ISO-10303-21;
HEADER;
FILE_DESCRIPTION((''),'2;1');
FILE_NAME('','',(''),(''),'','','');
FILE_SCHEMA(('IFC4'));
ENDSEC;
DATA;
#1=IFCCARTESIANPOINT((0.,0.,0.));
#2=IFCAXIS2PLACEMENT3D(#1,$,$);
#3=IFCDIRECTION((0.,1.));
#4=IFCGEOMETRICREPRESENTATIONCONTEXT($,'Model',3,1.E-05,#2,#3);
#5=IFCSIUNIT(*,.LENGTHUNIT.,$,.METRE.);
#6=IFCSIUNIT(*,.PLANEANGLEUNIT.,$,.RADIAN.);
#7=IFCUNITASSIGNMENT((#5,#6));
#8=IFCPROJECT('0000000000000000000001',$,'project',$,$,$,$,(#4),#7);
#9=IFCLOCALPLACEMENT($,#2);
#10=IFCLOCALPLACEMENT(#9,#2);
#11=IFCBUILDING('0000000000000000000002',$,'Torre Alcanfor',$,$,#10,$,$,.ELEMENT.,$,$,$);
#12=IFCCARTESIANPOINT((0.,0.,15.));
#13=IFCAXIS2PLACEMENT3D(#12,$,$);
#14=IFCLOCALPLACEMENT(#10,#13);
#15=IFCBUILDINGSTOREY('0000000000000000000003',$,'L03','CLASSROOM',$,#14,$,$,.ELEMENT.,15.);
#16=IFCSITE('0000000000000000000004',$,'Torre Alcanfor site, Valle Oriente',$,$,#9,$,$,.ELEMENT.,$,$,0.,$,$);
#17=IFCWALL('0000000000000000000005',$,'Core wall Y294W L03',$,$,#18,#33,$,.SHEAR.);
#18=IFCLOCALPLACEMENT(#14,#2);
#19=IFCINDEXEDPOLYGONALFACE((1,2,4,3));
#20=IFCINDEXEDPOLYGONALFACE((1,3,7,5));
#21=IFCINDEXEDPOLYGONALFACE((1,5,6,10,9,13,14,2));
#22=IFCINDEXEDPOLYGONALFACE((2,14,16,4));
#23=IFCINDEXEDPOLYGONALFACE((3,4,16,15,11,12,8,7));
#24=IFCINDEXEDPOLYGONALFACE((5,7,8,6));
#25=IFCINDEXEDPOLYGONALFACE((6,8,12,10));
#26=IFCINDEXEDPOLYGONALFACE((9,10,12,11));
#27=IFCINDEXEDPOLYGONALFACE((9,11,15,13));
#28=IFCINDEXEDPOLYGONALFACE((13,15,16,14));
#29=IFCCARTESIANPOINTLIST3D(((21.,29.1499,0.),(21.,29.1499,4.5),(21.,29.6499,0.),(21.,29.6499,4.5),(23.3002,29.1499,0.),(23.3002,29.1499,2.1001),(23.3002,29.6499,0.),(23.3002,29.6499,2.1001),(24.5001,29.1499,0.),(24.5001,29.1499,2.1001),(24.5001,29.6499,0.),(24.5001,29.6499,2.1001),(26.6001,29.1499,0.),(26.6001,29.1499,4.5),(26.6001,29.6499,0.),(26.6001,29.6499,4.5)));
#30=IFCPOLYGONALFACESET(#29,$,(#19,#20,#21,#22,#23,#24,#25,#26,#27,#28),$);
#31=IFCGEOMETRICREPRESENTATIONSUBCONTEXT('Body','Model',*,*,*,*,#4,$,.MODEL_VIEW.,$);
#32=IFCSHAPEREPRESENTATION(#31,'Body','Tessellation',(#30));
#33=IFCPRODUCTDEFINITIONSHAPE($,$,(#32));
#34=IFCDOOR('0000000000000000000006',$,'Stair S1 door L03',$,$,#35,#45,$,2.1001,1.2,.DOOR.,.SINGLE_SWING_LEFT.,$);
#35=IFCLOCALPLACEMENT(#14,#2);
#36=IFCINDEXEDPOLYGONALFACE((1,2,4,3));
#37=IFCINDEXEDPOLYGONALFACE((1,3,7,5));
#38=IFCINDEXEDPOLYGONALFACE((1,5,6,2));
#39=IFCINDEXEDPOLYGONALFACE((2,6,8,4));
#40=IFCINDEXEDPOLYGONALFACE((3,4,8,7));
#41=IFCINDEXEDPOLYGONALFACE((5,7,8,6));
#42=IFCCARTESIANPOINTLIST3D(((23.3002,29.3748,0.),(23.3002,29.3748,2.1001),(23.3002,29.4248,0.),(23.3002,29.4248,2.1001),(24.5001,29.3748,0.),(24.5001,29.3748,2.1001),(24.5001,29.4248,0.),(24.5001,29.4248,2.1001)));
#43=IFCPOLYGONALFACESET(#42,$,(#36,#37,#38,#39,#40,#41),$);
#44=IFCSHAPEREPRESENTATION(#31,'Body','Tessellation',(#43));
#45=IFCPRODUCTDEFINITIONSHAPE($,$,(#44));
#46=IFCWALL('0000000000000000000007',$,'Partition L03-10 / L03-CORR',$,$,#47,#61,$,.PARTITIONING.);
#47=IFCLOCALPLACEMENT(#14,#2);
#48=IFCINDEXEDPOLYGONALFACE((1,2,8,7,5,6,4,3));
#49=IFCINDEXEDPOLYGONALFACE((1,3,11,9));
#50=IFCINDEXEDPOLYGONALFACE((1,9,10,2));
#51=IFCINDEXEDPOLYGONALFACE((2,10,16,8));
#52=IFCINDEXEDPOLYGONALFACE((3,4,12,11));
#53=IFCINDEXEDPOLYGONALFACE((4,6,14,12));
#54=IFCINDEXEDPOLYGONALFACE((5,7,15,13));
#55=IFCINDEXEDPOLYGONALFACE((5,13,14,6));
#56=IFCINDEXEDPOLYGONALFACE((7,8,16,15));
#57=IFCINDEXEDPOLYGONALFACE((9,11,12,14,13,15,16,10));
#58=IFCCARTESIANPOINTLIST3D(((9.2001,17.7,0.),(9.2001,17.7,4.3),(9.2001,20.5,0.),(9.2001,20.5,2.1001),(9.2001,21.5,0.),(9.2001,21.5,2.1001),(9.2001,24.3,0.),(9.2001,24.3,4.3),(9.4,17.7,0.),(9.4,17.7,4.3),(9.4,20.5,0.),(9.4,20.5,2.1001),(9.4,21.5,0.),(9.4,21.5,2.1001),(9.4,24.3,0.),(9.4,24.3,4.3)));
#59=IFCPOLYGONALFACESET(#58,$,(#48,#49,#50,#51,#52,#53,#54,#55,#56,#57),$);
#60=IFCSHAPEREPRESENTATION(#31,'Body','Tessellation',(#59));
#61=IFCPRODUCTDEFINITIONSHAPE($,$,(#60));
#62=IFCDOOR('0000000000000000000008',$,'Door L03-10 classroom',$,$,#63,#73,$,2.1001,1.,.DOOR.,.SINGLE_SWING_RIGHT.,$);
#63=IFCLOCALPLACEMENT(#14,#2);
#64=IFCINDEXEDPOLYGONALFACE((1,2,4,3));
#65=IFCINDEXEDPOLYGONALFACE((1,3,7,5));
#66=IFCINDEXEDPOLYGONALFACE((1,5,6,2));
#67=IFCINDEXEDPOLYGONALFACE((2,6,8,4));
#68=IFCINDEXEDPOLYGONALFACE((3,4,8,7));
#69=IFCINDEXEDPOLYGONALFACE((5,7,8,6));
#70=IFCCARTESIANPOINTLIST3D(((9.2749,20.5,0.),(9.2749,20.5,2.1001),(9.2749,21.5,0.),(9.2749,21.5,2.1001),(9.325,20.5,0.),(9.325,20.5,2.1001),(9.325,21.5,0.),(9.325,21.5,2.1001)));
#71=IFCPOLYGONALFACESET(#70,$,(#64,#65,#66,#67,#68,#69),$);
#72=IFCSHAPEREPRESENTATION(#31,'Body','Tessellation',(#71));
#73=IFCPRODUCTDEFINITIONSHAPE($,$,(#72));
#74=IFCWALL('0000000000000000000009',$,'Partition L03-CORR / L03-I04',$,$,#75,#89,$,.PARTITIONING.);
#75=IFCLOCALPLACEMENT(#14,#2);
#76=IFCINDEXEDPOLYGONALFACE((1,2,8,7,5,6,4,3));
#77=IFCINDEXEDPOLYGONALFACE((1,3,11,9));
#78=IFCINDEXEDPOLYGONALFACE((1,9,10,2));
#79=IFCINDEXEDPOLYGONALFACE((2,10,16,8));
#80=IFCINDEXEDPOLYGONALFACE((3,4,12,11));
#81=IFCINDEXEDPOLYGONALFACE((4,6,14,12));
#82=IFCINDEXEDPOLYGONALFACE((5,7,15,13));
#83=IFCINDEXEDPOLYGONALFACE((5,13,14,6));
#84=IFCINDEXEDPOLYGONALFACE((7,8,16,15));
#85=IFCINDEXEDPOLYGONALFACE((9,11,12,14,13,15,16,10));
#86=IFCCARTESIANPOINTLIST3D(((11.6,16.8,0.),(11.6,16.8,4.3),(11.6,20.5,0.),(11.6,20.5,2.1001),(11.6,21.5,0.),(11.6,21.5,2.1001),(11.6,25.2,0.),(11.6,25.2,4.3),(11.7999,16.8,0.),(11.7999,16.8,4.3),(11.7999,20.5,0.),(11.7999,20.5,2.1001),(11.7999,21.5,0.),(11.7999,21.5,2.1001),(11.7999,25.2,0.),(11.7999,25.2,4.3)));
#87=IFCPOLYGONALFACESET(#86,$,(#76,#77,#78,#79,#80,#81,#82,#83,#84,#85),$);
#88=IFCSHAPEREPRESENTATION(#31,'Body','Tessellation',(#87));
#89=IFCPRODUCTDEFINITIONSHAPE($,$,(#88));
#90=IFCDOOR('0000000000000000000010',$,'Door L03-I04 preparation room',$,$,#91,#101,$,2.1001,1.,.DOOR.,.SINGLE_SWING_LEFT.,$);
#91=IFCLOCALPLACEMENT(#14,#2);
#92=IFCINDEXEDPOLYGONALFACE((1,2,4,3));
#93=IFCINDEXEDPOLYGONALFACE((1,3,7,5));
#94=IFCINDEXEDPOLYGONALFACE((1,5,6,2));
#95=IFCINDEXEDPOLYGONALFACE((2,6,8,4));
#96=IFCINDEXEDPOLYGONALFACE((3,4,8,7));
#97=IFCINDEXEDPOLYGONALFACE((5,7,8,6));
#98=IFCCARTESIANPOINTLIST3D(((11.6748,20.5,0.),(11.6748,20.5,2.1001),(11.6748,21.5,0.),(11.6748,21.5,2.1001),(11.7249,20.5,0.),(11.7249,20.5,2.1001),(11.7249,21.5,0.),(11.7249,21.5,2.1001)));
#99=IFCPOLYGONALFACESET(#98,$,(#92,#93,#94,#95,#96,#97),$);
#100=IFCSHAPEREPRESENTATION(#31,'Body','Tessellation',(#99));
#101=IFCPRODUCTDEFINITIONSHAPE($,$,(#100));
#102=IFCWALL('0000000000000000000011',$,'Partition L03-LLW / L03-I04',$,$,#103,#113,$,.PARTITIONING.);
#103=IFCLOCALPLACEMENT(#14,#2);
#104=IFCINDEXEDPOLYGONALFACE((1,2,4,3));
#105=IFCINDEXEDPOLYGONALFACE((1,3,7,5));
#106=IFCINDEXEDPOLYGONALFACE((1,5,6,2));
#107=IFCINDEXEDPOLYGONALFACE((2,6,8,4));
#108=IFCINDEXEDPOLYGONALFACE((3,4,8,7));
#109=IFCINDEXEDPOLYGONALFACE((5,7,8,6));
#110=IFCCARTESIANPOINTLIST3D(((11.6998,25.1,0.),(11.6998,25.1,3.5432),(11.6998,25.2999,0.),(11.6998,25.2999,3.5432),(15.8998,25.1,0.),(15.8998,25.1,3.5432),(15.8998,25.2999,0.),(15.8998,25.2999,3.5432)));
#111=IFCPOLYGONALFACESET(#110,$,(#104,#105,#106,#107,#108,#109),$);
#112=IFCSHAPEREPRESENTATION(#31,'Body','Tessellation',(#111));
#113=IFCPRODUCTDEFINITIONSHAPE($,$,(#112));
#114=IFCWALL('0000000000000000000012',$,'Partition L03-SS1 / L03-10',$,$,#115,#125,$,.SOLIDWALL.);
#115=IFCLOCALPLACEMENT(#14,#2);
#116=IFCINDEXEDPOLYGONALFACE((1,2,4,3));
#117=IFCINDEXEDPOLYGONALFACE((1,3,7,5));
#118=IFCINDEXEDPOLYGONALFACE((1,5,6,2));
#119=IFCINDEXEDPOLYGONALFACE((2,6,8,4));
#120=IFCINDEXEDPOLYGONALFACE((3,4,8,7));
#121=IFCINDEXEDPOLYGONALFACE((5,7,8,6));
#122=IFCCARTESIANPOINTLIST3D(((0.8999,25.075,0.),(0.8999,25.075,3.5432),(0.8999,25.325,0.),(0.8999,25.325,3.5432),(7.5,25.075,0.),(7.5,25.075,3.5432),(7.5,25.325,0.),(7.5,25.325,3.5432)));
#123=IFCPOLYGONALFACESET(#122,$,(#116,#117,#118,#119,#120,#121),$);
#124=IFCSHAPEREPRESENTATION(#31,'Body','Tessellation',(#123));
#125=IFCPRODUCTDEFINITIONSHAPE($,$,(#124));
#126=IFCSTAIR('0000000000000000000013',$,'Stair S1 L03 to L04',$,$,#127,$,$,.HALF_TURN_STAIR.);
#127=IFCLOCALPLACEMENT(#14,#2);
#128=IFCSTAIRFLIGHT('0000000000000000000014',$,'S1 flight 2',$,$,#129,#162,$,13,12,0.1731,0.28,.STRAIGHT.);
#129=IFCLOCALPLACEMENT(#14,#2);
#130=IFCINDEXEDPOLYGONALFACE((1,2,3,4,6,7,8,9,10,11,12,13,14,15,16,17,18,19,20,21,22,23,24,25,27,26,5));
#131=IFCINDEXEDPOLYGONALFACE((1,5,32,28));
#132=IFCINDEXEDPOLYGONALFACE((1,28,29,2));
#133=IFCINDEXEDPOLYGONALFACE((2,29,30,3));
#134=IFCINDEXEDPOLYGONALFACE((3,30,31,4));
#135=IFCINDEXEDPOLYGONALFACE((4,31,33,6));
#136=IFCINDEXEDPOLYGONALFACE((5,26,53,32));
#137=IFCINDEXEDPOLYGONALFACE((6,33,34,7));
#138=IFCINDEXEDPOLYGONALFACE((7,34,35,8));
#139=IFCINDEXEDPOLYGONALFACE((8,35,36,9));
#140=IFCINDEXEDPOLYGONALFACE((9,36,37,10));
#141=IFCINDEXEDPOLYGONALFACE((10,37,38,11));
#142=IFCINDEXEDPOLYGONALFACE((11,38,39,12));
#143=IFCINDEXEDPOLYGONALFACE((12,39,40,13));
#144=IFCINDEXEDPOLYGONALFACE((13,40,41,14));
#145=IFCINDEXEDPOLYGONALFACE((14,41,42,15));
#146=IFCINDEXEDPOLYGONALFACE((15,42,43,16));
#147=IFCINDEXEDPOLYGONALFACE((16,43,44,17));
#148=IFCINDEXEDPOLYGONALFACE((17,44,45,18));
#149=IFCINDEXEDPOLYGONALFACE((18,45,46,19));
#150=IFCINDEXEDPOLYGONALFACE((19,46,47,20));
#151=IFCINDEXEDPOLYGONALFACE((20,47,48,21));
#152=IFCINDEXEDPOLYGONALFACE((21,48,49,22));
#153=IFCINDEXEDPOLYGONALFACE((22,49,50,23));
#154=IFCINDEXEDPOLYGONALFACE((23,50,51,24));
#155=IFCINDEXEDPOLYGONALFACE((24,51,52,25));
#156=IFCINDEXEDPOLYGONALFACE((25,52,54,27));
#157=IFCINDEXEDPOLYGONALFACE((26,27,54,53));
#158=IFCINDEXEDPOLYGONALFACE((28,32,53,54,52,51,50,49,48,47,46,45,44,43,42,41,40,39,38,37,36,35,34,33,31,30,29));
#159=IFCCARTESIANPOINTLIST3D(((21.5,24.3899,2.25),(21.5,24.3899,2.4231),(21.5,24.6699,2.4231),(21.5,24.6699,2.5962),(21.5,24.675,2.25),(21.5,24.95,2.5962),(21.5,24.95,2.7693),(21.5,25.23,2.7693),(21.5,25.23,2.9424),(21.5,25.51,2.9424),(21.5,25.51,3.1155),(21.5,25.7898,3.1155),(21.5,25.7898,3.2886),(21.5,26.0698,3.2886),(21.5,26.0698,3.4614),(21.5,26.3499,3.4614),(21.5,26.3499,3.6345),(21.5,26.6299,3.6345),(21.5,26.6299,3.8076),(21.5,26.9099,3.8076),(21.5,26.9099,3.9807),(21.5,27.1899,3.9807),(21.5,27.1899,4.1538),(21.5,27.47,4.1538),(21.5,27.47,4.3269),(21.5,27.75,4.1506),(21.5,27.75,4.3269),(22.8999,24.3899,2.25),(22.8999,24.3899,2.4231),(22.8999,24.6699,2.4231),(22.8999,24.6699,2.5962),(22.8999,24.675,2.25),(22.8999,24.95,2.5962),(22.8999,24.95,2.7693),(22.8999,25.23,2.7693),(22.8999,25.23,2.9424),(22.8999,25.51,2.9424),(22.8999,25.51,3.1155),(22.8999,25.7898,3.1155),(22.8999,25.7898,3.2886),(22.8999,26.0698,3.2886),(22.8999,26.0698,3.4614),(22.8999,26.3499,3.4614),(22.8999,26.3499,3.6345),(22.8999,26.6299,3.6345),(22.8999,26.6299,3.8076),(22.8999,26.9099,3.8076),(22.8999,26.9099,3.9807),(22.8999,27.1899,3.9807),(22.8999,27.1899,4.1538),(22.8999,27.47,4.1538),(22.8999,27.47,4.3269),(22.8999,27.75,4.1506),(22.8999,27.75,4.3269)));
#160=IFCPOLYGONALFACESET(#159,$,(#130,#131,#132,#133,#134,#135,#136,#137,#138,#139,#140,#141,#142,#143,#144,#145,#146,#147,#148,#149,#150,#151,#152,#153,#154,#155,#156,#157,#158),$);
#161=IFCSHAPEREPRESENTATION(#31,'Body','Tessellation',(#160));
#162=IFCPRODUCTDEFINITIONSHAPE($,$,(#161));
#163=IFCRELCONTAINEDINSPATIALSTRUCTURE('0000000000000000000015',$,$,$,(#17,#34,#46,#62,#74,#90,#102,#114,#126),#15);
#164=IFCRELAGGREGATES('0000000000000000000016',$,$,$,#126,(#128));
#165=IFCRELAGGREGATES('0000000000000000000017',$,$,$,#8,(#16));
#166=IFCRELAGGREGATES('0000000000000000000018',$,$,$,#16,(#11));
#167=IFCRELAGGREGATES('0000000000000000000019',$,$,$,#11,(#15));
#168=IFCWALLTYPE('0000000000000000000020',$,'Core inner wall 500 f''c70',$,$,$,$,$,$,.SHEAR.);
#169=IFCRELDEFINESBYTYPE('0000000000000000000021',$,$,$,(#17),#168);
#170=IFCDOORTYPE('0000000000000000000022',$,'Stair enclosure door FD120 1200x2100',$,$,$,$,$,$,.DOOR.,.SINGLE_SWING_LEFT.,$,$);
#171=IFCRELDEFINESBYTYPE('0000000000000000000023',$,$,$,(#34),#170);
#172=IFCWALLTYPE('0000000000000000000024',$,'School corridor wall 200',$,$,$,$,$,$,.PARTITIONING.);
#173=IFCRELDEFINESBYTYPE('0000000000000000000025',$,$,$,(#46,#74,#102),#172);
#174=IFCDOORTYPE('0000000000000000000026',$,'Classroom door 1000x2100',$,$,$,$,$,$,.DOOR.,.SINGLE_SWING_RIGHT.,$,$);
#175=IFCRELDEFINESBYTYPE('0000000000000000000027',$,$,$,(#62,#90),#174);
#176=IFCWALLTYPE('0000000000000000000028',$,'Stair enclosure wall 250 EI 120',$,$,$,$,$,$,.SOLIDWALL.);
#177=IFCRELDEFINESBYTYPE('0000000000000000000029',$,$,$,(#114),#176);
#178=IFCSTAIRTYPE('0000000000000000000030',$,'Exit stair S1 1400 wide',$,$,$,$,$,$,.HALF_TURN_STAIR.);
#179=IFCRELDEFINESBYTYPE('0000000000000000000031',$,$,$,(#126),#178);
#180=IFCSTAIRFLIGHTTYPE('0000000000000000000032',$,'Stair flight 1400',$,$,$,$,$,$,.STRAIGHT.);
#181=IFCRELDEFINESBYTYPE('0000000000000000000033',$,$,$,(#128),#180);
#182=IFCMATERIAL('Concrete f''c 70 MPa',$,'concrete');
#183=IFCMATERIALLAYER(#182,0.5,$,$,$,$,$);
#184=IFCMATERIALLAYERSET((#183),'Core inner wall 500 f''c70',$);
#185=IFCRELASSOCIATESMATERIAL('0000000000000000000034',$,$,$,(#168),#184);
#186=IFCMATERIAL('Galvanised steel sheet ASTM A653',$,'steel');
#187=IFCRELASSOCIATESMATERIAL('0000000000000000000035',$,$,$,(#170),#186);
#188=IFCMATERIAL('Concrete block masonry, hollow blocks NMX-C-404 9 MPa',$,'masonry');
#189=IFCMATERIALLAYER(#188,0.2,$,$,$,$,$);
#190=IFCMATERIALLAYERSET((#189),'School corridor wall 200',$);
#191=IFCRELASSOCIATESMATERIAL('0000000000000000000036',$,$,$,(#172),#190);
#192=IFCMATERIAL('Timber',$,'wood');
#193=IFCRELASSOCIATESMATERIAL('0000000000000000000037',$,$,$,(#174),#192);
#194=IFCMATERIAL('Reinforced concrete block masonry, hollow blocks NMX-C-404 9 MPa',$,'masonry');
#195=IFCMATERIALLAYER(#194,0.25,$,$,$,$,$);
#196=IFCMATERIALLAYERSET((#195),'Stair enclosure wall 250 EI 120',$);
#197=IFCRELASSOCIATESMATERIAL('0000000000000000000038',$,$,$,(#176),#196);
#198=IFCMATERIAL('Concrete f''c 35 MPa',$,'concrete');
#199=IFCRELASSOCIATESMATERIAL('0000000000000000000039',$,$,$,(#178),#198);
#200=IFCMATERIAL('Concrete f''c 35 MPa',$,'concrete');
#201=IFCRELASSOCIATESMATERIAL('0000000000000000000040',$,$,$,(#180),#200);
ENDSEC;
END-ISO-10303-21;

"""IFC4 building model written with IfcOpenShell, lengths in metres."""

from ifc_helpers import new_model, si_unit, direction, frame, frame_2d, origin, place, context, subcontext, project, spatial, polyline, rectangle, outline, extrude, material, layer, layer_set, type_object, element, fill, aggregate, save


model = new_model("IFC4")

# Units and contexts
model_context = context("Model", 3, precision=1e-05, world=origin(), true_north=direction((0.0, 1.0)))
body_context = subcontext(model_context, "Body", "Model", "MODEL_VIEW")
ifc_project = project(units=[si_unit("LENGTHUNIT", "METRE"), si_unit("PLANEANGLEUNIT", "RADIAN")], contexts=[model_context])

# Site, building, storey
site_placement = place(None, origin())
site = spatial("IfcSite", under=ifc_project, at=site_placement, Name="Torre Alcanfor site, Valle Oriente", CompositionType="ELEMENT", RefElevation=0.0)
building_placement = place(site_placement, origin())
building = spatial("IfcBuilding", under=site, at=building_placement, Name="Torre Alcanfor", CompositionType="ELEMENT")
storey_placement = place(building_placement, frame((0.0, 0.0, 15.0)))
storey = spatial("IfcBuildingStorey", under=building, at=storey_placement, Name="L03", Description="CLASSROOM", CompositionType="ELEMENT", Elevation=15.0)

# Walls, openings, doors
ifc_material_1 = material(Name="Concrete f'c 70 MPa", Category="concrete")
ifc_layer_1 = layer(ifc_material_1, 0.5)
ifc_layer_set_1 = layer_set([ifc_layer_1], Name="Core inner wall 500 f'c70")
wall_type_1 = type_object("IfcWallType", Name="Core inner wall 500 f'c70", PredefinedType="SHEAR", material=ifc_layer_set_1)
wall_1_placement = place(storey_placement, frame((21.0, 29.3999, 0.0), z_axis=(0.0, 0.0, 1.0), x_axis=(1.0, 0.0, 0.0)))
wall_1 = element("IfcWall", 1, at=wall_1_placement, inside=storey, type_object=wall_type_1, Name="Core wall Y294W L03", PredefinedType="SHEAR", context=body_context, shape_type="SweptSolid", body=[
    extrude(rectangle(XDim=5.6001, YDim=0.5, at=frame_2d((2.8, 0.0))), origin(), (0.0, 0.0, 1.0), 4.5),
])
opening_1_placement = place(wall_1_placement, frame((2.3, 0.0, 0.0)))
opening_1 = element("IfcOpeningElement", 2, at=opening_1_placement, cuts=wall_1, PredefinedType="OPENING", context=body_context, shape_type="SweptSolid", body=[
    extrude(rectangle(XDim=1.2, YDim=2.1001, at=frame_2d((0.6001, 1.05))), frame((0.0, 0.26, 0.0), z_axis=(0.0, -1.0, 0.0), x_axis=(1.0, 0.0, 0.0)), (0.0, 0.0, 1.0), 0.52),
])
ifc_material_2 = material(Name="Galvanised steel sheet ASTM A653", Category="steel")
door_type_1 = type_object("IfcDoorType", Name="Stair enclosure door FD120 1200x2100", OperationType="SINGLE_SWING_LEFT", PredefinedType="DOOR", material=ifc_material_2)
door_1_placement = place(opening_1_placement, frame((1.2, 0.0, 0.0), z_axis=(0.0, 0.0, 1.0), x_axis=(-1.0, 0.0, 0.0)))
door_1 = element("IfcDoor", 3, at=door_1_placement, inside=storey, type_object=door_type_1, Name="Stair S1 door L03", OperationType="SINGLE_SWING_LEFT", OverallHeight=2.1001, OverallWidth=1.2, PredefinedType="DOOR", context=body_context, shape_type="SweptSolid", body=[
    extrude(rectangle(XDim=1.2, YDim=2.1001, at=frame_2d((0.5999, 1.05))), frame((0.0, 0.0251, 0.0), z_axis=(0.0, -1.0, 0.0), x_axis=(1.0, 0.0, 0.0)), (0.0, 0.0, 1.0), 0.05),
])
fill(opening_1, door_1)
ifc_material_3 = material(Name="Concrete block masonry, hollow blocks NMX-C-404 9 MPa", Category="masonry")
ifc_layer_2 = layer(ifc_material_3, 0.2)
ifc_layer_set_2 = layer_set([ifc_layer_2], Name="School corridor wall 200")
wall_type_2 = type_object("IfcWallType", Name="School corridor wall 200", PredefinedType="PARTITIONING", material=ifc_layer_set_2)
wall_2_placement = place(storey_placement, frame((9.3, 24.3, 0.0), z_axis=(0.0, 0.0, 1.0), x_axis=(0.0, -1.0, 0.0)))
wall_2 = element("IfcWall", 4, at=wall_2_placement, inside=storey, type_object=wall_type_2, Name="Partition L03-10 / L03-CORR", PredefinedType="PARTITIONING", context=body_context, shape_type="SweptSolid", body=[
    extrude(rectangle(XDim=6.6001, YDim=0.2, at=frame_2d((3.3, 0.0))), origin(), (0.0, 0.0, 1.0), 4.3),
])
opening_2_placement = place(wall_2_placement, frame((2.8, 0.0, 0.0)))
opening_2 = element("IfcOpeningElement", 5, at=opening_2_placement, cuts=wall_2, PredefinedType="OPENING", context=body_context, shape_type="SweptSolid", body=[
    extrude(rectangle(XDim=1.0, YDim=2.1001, at=frame_2d((0.5, 1.05))), frame((0.0, 0.1099, 0.0), z_axis=(0.0, -1.0, 0.0), x_axis=(1.0, 0.0, 0.0)), (0.0, 0.0, 1.0), 0.22),
])
ifc_material_4 = material(Name="Timber", Category="wood")
door_type_2 = type_object("IfcDoorType", Name="Classroom door 1000x2100", OperationType="SINGLE_SWING_RIGHT", PredefinedType="DOOR", material=ifc_material_4)
door_2_placement = place(opening_2_placement, frame((1.0, 0.0, 0.0), z_axis=(0.0, 0.0, 1.0), x_axis=(-1.0, 0.0, 0.0)))
door_2 = element("IfcDoor", 6, at=door_2_placement, inside=storey, type_object=door_type_2, Name="Door L03-10 classroom", OperationType="SINGLE_SWING_RIGHT", OverallHeight=2.1001, OverallWidth=1.0, PredefinedType="DOOR", context=body_context, shape_type="SweptSolid", body=[
    extrude(rectangle(XDim=1.0, YDim=2.1001, at=frame_2d((0.5, 1.05))), frame((0.0, 0.0251, 0.0), z_axis=(0.0, -1.0, 0.0), x_axis=(1.0, 0.0, 0.0)), (0.0, 0.0, 1.0), 0.05),
])
fill(opening_2, door_2)
wall_3_placement = place(storey_placement, frame((11.7, 25.2, 0.0), z_axis=(0.0, 0.0, 1.0), x_axis=(0.0, -1.0, 0.0)))
wall_3 = element("IfcWall", 7, at=wall_3_placement, inside=storey, type_object=wall_type_2, Name="Partition L03-CORR / L03-I04", PredefinedType="PARTITIONING", context=body_context, shape_type="SweptSolid", body=[
    extrude(rectangle(XDim=8.3999, YDim=0.2, at=frame_2d((4.2, 0.0))), origin(), (0.0, 0.0, 1.0), 4.3),
])
opening_3_placement = place(wall_3_placement, frame((3.7, 0.0, 0.0)))
opening_3 = element("IfcOpeningElement", 8, at=opening_3_placement, cuts=wall_3, PredefinedType="OPENING", context=body_context, shape_type="SweptSolid", body=[
    extrude(rectangle(XDim=1.0, YDim=2.1001, at=frame_2d((0.5, 1.05))), frame((0.0, 0.1099, 0.0), z_axis=(0.0, -1.0, 0.0), x_axis=(1.0, 0.0, 0.0)), (0.0, 0.0, 1.0), 0.22),
])
door_3_placement = place(opening_3_placement, origin())
door_3 = element("IfcDoor", 9, at=door_3_placement, inside=storey, type_object=door_type_2, Name="Door L03-I04 preparation room", OperationType="SINGLE_SWING_LEFT", OverallHeight=2.1001, OverallWidth=1.0, PredefinedType="DOOR", context=body_context, shape_type="SweptSolid", body=[
    extrude(rectangle(XDim=1.0, YDim=2.1001, at=frame_2d((0.5, 1.05))), frame((0.0, 0.0249, 0.0), z_axis=(0.0, -1.0, 0.0), x_axis=(1.0, 0.0, 0.0)), (0.0, 0.0, 1.0), 0.05),
])
fill(opening_3, door_3)

# Walls
wall_4_placement = place(storey_placement, frame((15.8999, 25.2, 0.0), z_axis=(0.0, 0.0, 1.0), x_axis=(-1.0, 0.0, 0.0)))
element("IfcWall", 10, at=wall_4_placement, inside=storey, type_object=wall_type_2, Name="Partition L03-LLW / L03-I04", PredefinedType="PARTITIONING", context=body_context, shape_type="SweptSolid", body=[
    extrude(rectangle(XDim=4.2, YDim=0.2, at=frame_2d((2.1001, 0.0))), origin(), (0.0, 0.0, 1.0), 3.5432),
])
ifc_material_5 = material(Name="Reinforced concrete block masonry, hollow blocks NMX-C-404 9 MPa", Category="masonry")
ifc_layer_3 = layer(ifc_material_5, 0.25)
ifc_layer_set_3 = layer_set([ifc_layer_3], Name="Stair enclosure wall 250 EI 120")
wall_type_3 = type_object("IfcWallType", Name="Stair enclosure wall 250 EI 120", PredefinedType="SOLIDWALL", material=ifc_layer_set_3)
wall_5_placement = place(storey_placement, frame((7.5, 25.2, 0.0), z_axis=(0.0, 0.0, 1.0), x_axis=(-1.0, 0.0, 0.0)))
element("IfcWall", 11, at=wall_5_placement, inside=storey, type_object=wall_type_3, Name="Partition L03-SS1 / L03-10", PredefinedType="SOLIDWALL", context=body_context, shape_type="SweptSolid", body=[
    extrude(rectangle(XDim=6.6001, YDim=0.25, at=frame_2d((3.3, 0.0))), origin(), (0.0, 0.0, 1.0), 3.5432),
])

# Stair, stair flight
ifc_material_6 = material(Name="Concrete f'c 35 MPa", Category="concrete")
stair_type = type_object("IfcStairType", Name="Exit stair S1 1400 wide", PredefinedType="HALF_TURN_STAIR", material=ifc_material_6)
stair_placement = place(storey_placement, origin())
stair = element("IfcStair", 12, at=stair_placement, inside=storey, type_object=stair_type, Name="Stair S1 L03 to L04", PredefinedType="HALF_TURN_STAIR")
ifc_material_7 = material(Name="Concrete f'c 35 MPa", Category="concrete")
stair_flight_type = type_object("IfcStairFlightType", Name="Stair flight 1400", PredefinedType="STRAIGHT", material=ifc_material_7)
stair_flight_placement = place(storey_placement, frame((22.2, 24.3899, 2.25), z_axis=(0.0, 0.0, 1.0), x_axis=(0.0, 1.0, 0.0)))
stair_flight = element("IfcStairFlight", 13, at=stair_flight_placement, type_object=stair_flight_type, Name="S1 flight 2", NumberOfRisers=13, NumberOfTreads=12, PredefinedType="STRAIGHT", RiserHeight=0.1731, TreadLength=0.28, context=body_context, shape_type="SweptSolid", body=[
    extrude(outline(polyline([(0.0, 0.0), (0.0, 0.1731), (0.28, 0.1731), (0.28, 0.3462), (0.5601, 0.3462), (0.5601, 0.5193), (0.8401, 0.5193), (0.8401, 0.6924), (1.1201, 0.6924), (1.1201, 0.8655), (1.3999, 0.8655), (1.3999, 1.0386), (1.6799, 1.0386), (1.6799, 1.2114), (1.96, 1.2114), (1.96, 1.3845), (2.24, 1.3845), (2.24, 1.5576), (2.52, 1.5576), (2.52, 1.7307), (2.8, 1.7307), (2.8, 1.9038), (3.0801, 1.9038), (3.0801, 2.0769), (3.3601, 2.0769), (3.3601, 2.25), (3.3601, 1.9006), (0.2852, 0.0), (0.0, 0.0)])), frame((0.0, 0.7, 0.0), z_axis=(0.0, -1.0, 0.0), x_axis=(1.0, 0.0, 0.0)), (0.0, 0.0, 1.0), 1.3999),
])
aggregate(stair, [stair_flight])

save(model, "model.ifc")
